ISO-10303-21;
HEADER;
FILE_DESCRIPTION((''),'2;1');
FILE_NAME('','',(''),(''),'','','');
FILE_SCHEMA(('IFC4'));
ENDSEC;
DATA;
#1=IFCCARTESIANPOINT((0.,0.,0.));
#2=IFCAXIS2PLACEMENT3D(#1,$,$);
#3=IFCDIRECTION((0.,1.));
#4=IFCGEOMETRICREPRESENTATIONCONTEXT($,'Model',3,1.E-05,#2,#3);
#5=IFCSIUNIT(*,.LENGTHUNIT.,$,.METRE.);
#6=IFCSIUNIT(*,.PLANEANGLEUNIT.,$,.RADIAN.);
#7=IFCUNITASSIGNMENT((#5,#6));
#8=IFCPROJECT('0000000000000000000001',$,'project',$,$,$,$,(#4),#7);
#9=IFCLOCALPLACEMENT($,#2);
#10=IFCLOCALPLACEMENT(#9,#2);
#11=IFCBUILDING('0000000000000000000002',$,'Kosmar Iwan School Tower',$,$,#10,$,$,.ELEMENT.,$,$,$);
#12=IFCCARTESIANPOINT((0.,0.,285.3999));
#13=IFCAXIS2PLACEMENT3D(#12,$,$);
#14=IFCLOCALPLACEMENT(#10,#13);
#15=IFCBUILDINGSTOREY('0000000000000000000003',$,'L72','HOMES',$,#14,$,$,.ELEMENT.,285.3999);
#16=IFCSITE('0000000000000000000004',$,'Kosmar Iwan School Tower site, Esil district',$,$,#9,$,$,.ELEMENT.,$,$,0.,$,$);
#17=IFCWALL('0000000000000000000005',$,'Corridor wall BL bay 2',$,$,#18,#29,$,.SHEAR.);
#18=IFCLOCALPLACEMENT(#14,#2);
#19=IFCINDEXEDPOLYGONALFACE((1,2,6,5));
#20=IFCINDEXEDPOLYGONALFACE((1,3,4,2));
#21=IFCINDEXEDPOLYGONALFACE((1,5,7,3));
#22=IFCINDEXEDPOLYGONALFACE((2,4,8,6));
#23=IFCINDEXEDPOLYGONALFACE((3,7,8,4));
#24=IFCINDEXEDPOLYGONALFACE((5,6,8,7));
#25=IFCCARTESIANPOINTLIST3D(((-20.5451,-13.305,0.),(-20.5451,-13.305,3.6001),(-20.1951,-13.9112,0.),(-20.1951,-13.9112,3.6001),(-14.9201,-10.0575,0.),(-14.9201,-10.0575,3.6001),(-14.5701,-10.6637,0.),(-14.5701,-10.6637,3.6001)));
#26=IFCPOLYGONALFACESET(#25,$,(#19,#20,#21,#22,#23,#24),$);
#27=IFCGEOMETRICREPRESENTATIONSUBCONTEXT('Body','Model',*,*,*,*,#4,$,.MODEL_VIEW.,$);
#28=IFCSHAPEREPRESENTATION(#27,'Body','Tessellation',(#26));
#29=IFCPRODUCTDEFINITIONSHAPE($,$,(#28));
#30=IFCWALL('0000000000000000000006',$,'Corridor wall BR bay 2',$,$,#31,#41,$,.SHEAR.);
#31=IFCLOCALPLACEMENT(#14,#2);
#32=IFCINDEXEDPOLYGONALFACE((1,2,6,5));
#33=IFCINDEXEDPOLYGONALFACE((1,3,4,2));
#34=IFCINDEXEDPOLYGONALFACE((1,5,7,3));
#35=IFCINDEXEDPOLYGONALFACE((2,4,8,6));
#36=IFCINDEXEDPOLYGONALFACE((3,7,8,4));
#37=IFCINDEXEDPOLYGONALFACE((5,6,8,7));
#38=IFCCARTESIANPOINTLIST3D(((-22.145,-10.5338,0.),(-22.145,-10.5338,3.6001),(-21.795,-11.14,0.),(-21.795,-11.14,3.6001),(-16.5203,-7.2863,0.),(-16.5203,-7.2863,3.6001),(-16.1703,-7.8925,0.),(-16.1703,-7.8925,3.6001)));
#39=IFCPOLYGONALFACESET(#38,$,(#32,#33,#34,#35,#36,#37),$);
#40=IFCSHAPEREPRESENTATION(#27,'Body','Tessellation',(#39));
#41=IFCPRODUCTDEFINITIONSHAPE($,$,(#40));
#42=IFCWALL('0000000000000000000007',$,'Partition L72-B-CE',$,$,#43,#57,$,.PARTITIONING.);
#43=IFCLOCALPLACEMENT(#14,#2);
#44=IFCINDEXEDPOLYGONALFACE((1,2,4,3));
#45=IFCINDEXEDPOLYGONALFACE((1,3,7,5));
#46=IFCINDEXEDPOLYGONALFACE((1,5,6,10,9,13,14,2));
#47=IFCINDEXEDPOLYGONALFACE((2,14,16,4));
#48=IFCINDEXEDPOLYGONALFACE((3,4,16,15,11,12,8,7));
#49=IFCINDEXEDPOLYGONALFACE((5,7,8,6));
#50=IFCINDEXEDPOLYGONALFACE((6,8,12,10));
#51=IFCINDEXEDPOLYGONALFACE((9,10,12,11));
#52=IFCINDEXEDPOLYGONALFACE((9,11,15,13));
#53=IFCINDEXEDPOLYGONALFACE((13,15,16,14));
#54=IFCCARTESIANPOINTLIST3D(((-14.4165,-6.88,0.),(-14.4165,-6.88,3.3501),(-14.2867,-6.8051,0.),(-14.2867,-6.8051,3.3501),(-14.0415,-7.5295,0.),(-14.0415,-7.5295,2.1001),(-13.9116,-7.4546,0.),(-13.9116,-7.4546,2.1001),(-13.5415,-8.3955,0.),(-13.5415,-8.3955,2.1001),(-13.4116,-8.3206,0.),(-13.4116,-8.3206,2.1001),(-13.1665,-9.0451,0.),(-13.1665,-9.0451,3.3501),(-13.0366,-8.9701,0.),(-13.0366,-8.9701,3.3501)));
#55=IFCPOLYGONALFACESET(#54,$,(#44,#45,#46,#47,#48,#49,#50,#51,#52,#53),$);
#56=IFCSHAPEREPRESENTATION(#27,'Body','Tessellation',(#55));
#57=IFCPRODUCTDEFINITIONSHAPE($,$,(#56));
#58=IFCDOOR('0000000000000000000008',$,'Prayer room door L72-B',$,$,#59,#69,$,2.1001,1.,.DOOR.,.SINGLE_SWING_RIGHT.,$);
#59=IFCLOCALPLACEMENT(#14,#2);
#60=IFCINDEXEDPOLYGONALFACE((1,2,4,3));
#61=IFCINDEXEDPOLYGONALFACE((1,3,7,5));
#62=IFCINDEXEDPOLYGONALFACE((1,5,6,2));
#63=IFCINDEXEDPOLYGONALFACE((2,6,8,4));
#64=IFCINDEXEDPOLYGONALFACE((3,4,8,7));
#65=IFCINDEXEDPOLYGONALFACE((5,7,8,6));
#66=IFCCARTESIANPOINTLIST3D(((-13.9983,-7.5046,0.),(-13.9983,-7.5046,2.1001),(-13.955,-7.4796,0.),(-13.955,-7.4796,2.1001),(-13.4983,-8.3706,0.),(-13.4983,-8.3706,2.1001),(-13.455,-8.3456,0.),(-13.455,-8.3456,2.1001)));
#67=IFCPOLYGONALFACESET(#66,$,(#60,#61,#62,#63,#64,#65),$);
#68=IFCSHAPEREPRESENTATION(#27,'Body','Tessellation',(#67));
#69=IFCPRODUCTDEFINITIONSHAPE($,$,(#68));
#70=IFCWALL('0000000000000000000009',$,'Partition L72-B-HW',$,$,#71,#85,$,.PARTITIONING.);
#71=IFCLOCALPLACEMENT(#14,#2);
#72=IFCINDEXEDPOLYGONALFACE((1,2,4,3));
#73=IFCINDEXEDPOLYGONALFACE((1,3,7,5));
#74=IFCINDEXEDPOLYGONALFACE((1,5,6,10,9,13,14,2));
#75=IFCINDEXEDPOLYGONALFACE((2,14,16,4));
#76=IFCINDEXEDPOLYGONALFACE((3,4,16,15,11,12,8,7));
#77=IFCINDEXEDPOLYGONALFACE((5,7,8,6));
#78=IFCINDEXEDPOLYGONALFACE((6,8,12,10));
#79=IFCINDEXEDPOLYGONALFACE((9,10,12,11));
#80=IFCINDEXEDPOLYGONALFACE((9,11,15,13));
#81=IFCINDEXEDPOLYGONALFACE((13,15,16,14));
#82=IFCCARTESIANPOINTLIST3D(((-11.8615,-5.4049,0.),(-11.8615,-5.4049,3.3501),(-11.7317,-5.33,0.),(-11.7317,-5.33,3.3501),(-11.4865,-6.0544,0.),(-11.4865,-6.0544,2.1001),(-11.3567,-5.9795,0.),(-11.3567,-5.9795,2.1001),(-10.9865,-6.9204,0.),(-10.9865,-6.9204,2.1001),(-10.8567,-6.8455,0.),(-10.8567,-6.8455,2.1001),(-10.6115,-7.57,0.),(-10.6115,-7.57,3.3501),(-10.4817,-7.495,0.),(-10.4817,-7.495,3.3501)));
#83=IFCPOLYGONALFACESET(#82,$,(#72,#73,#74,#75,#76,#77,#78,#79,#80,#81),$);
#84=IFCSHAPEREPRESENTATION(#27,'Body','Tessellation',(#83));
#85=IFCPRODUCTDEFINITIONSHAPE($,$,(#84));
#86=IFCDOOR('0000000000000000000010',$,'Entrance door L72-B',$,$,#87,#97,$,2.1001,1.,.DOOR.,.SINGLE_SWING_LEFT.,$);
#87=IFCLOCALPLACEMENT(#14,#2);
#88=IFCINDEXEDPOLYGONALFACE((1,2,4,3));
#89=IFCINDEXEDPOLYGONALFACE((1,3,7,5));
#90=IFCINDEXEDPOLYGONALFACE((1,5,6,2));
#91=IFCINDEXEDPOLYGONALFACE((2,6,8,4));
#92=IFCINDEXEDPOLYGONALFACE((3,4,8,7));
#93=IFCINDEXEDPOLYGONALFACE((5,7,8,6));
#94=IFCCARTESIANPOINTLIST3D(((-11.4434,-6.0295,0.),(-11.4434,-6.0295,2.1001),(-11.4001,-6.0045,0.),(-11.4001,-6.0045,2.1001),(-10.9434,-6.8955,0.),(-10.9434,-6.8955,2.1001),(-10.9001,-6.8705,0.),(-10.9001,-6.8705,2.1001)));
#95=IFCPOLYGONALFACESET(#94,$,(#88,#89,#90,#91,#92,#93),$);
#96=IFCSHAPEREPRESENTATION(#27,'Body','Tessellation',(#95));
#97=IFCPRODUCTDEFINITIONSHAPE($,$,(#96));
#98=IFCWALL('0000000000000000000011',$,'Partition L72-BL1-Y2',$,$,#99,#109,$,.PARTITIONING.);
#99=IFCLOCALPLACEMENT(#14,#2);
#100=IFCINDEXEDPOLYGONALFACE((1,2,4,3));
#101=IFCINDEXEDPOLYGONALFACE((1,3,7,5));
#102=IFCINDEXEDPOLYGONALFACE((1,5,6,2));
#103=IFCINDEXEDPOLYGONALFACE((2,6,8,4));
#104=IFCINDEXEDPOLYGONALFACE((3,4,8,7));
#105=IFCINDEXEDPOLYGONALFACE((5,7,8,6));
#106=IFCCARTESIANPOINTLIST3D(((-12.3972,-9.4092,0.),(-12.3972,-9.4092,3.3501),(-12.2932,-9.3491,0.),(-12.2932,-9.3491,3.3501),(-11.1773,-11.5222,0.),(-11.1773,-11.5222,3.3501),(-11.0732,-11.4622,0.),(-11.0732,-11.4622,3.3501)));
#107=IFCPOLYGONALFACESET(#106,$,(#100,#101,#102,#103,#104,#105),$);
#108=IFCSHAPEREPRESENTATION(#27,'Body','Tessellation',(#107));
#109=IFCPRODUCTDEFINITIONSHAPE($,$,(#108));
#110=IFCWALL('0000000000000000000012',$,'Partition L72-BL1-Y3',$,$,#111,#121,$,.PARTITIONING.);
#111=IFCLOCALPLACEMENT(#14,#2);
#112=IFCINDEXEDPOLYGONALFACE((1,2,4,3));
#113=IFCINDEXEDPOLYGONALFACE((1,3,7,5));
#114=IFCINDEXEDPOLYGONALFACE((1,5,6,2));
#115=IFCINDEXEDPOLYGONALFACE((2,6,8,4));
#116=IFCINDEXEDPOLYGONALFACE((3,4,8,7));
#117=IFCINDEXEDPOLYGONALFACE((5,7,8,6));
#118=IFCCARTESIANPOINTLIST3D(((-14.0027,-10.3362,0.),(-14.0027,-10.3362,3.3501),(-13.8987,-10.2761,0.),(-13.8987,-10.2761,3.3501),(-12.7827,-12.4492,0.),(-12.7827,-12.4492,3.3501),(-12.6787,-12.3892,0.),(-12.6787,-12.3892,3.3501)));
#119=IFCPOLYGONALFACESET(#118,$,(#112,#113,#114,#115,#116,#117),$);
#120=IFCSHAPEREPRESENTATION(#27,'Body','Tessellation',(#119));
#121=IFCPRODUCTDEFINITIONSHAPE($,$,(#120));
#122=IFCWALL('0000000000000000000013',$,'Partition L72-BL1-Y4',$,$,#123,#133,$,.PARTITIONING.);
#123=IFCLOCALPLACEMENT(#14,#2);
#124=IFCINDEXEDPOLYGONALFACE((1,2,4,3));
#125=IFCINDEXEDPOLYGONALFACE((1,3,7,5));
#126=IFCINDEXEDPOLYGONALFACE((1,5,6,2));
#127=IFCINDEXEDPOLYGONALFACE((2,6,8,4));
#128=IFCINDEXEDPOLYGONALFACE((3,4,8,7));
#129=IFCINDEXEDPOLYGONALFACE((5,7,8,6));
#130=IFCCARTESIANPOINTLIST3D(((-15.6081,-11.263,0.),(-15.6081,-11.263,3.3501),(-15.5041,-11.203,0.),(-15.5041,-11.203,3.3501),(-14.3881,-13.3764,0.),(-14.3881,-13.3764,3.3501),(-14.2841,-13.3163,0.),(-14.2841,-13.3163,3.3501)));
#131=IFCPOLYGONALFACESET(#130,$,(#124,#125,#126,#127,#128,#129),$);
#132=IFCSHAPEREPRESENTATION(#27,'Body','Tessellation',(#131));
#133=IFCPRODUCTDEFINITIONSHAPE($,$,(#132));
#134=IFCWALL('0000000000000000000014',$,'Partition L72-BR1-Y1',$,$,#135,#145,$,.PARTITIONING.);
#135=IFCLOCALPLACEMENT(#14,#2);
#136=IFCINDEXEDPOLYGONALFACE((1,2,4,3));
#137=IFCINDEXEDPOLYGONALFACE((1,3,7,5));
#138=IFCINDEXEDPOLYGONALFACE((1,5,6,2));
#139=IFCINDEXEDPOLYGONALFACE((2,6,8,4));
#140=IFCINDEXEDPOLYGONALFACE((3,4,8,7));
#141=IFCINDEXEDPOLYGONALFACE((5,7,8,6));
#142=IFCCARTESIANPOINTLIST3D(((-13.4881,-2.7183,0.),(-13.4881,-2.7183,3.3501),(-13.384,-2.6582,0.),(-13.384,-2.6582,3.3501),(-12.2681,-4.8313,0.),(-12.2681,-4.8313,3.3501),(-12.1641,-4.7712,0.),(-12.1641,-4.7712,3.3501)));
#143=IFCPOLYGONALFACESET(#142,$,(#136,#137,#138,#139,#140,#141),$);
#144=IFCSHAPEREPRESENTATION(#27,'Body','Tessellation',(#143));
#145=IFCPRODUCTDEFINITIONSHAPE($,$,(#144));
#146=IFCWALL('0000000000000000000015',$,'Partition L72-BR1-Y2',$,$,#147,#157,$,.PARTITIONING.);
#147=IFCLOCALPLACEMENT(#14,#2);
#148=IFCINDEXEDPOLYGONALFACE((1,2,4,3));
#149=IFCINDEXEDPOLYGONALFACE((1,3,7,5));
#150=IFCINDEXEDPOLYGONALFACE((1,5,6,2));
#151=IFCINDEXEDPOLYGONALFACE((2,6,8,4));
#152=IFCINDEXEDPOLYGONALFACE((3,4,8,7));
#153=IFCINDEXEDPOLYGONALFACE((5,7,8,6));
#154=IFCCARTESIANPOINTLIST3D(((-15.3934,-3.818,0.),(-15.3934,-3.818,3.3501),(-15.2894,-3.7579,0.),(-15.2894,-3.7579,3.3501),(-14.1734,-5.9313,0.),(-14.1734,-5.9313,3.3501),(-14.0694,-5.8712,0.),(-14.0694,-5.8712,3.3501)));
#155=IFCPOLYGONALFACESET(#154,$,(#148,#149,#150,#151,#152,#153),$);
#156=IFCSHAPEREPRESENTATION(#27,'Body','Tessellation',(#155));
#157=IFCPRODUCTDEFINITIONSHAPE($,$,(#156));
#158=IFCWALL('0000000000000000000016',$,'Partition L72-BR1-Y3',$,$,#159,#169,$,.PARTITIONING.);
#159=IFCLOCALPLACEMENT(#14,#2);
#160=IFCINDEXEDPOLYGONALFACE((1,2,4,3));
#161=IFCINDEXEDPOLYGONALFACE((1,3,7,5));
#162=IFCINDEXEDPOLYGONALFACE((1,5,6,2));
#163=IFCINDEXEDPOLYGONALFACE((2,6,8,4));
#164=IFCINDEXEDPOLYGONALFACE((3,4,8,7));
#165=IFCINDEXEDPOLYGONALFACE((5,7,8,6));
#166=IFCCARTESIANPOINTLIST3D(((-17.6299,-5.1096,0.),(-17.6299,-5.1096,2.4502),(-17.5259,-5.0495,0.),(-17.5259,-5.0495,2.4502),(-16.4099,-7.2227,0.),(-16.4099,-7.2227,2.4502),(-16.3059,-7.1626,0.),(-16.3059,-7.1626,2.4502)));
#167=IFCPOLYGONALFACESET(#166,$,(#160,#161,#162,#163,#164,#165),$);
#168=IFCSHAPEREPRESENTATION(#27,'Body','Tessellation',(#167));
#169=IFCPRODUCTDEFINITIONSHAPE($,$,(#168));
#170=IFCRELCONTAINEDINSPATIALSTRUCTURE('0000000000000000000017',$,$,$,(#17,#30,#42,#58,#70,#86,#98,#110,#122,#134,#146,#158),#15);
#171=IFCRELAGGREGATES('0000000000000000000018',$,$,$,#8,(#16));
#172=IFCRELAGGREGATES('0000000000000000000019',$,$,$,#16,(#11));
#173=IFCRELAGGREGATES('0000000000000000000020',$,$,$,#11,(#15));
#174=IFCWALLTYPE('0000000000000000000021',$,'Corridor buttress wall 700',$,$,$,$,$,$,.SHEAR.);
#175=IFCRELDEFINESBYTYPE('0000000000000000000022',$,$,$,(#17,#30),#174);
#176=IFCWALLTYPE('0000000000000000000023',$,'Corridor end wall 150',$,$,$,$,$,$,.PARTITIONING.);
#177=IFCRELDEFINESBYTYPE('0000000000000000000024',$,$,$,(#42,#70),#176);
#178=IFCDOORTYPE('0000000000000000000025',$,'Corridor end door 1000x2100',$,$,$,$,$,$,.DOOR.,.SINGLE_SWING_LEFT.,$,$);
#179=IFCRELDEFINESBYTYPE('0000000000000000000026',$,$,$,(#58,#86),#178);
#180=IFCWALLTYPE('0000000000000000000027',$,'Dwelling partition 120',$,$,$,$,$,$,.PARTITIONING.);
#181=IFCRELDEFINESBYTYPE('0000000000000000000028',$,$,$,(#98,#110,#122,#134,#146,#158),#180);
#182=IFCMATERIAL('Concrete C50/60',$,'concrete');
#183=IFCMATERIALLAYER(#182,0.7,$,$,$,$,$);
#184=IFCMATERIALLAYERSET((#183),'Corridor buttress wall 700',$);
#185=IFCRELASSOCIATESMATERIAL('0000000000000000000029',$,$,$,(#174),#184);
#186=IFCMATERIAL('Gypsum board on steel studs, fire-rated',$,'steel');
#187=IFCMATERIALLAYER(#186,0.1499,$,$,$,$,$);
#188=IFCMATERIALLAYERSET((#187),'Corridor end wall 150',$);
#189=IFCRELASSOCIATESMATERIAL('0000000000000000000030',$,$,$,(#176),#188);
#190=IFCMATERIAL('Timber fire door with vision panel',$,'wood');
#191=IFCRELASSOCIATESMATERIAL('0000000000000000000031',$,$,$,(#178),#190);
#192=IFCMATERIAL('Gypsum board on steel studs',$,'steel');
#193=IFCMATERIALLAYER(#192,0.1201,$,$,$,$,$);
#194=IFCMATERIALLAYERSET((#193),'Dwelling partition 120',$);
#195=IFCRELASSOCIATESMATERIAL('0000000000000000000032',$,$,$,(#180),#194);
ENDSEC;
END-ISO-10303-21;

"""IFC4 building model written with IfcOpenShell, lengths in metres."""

from ifc_helpers import new_model, si_unit, direction, frame, frame_2d, origin, place, context, subcontext, project, spatial, rectangle, extrude, material, layer, layer_set, type_object, element, fill, save


model = new_model("IFC4")

# Units and contexts
model_context = context("Model", 3, precision=1e-05, world=origin(), true_north=direction((0.0, 1.0)))
body_context = subcontext(model_context, "Body", "Model", "MODEL_VIEW")
ifc_project = project(units=[si_unit("LENGTHUNIT", "METRE"), si_unit("PLANEANGLEUNIT", "RADIAN")], contexts=[model_context])

# Site, building, storey
site_placement = place(None, origin())
site = spatial("IfcSite", under=ifc_project, at=site_placement, Name="Kosmar Iwan School Tower site, Esil district", CompositionType="ELEMENT", RefElevation=0.0)
building_placement = place(site_placement, origin())
building = spatial("IfcBuilding", under=site, at=building_placement, Name="Kosmar Iwan School Tower", CompositionType="ELEMENT")
storey_placement = place(building_placement, frame((0.0, 0.0, 285.3999)))
storey = spatial("IfcBuildingStorey", under=building, at=storey_placement, Name="L72", Description="HOMES", CompositionType="ELEMENT", Elevation=285.3999)

# Walls
ifc_material_1 = material(Name="Concrete C50/60", Category="concrete")
ifc_layer_1 = layer(ifc_material_1, 0.7)
ifc_layer_set_1 = layer_set([ifc_layer_1], Name="Corridor buttress wall 700")
wall_type_1 = type_object("IfcWallType", Name="Corridor buttress wall 700", PredefinedType="SHEAR", material=ifc_layer_set_1)
wall_1_placement = place(storey_placement, frame((-14.7451, -10.3606, 0.0), z_axis=(0.0, 0.0, 1.0), x_axis=(-0.866028, -0.499996, 0.0)))
element("IfcWall", 1, at=wall_1_placement, inside=storey, type_object=wall_type_1, Name="Corridor wall BL bay 2", PredefinedType="SHEAR", context=body_context, shape_type="SweptSolid", body=[
    extrude(rectangle(XDim=6.4951, YDim=0.7, at=frame_2d((3.2476, 0.0))), origin(), (0.0, 0.0, 1.0), 3.6001),
])
wall_2_placement = place(storey_placement, frame((-16.3452, -7.5894, 0.0), z_axis=(0.0, 0.0, 1.0), x_axis=(-0.866018, -0.500012, 0.0)))
element("IfcWall", 2, at=wall_2_placement, inside=storey, type_object=wall_type_1, Name="Corridor wall BR bay 2", PredefinedType="SHEAR", context=body_context, shape_type="SweptSolid", body=[
    extrude(rectangle(XDim=6.4949, YDim=0.7, at=frame_2d((3.2476, 0.0))), origin(), (0.0, 0.0, 1.0), 3.6001),
])

# Walls, openings, doors
ifc_material_2 = material(Name="Gypsum board on steel studs, fire-rated", Category="steel")
ifc_layer_2 = layer(ifc_material_2, 0.1499)
ifc_layer_set_2 = layer_set([ifc_layer_2], Name="Corridor end wall 150")
wall_type_2 = type_object("IfcWallType", Name="Corridor end wall 150", PredefinedType="PARTITIONING", material=ifc_layer_set_2)
wall_3_placement = place(storey_placement, frame((-14.3516, -6.8425, 0.0), z_axis=(0.0, 0.0, 1.0), x_axis=(0.500004, -0.866023, 0.0)))
wall_3 = element("IfcWall", 3, at=wall_3_placement, inside=storey, type_object=wall_type_2, Name="Partition L72-B-CE", PredefinedType="PARTITIONING", context=body_context, shape_type="SweptSolid", body=[
    extrude(rectangle(XDim=2.5, YDim=0.1499, at=frame_2d((1.25, 0.0))), origin(), (0.0, 0.0, 1.0), 3.3501),
])
opening_1_placement = place(wall_3_placement, frame((0.75, 0.0, 0.0)))
opening_1 = element("IfcOpeningElement", 4, at=opening_1_placement, cuts=wall_3, PredefinedType="OPENING", context=body_context, shape_type="SweptSolid", body=[
    extrude(rectangle(XDim=1.0, YDim=2.1001, at=frame_2d((0.5, 1.05))), frame((0.0, 0.0869, 0.0), z_axis=(0.0, -1.0, 0.0), x_axis=(1.0, 0.0, 0.0)), (0.0, 0.0, 1.0), 0.1738),
])
ifc_material_3 = material(Name="Timber fire door with vision panel", Category="wood")
door_type = type_object("IfcDoorType", Name="Corridor end door 1000x2100", OperationType="SINGLE_SWING_LEFT", PredefinedType="DOOR", material=ifc_material_3)
door_1_placement = place(opening_1_placement, origin())
door_1 = element("IfcDoor", 5, at=door_1_placement, inside=storey, type_object=door_type, Name="Prayer room door L72-B", OperationType="SINGLE_SWING_RIGHT", OverallHeight=2.1001, OverallWidth=1.0, PredefinedType="DOOR", context=body_context, shape_type="SweptSolid", body=[
    extrude(rectangle(XDim=1.0, YDim=2.1001, at=frame_2d((0.5, 1.05))), frame((0.0, 0.0249, 0.0), z_axis=(0.0, -1.0, 0.0), x_axis=(1.0, 0.0, 0.0)), (0.0, 0.0, 1.0), 0.05),
])
fill(opening_1, door_1)
wall_4_placement = place(storey_placement, frame((-11.7966, -5.3674, 0.0), z_axis=(0.0, 0.0, 1.0), x_axis=(0.500004, -0.866023, 0.0)))
wall_4 = element("IfcWall", 6, at=wall_4_placement, inside=storey, type_object=wall_type_2, Name="Partition L72-B-HW", PredefinedType="PARTITIONING", context=body_context, shape_type="SweptSolid", body=[
    extrude(rectangle(XDim=2.5, YDim=0.1499, at=frame_2d((1.25, 0.0))), origin(), (0.0, 0.0, 1.0), 3.3501),
])
opening_2_placement = place(wall_4_placement, frame((0.75, 0.0, 0.0)))
opening_2 = element("IfcOpeningElement", 7, at=opening_2_placement, cuts=wall_4, PredefinedType="OPENING", context=body_context, shape_type="SweptSolid", body=[
    extrude(rectangle(XDim=1.0, YDim=2.1001, at=frame_2d((0.5, 1.05))), frame((0.0, 0.0869, 0.0), z_axis=(0.0, -1.0, 0.0), x_axis=(1.0, 0.0, 0.0)), (0.0, 0.0, 1.0), 0.1738),
])
door_2_placement = place(opening_2_placement, origin())
door_2 = element("IfcDoor", 8, at=door_2_placement, inside=storey, type_object=door_type, Name="Entrance door L72-B", OperationType="SINGLE_SWING_LEFT", OverallHeight=2.1001, OverallWidth=1.0, PredefinedType="DOOR", context=body_context, shape_type="SweptSolid", body=[
    extrude(rectangle(XDim=1.0, YDim=2.1001, at=frame_2d((0.5, 1.05))), frame((0.0, 0.0249, 0.0), z_axis=(0.0, -1.0, 0.0), x_axis=(1.0, 0.0, 0.0)), (0.0, 0.0, 1.0), 0.05),
])
fill(opening_2, door_2)

# Walls
ifc_material_4 = material(Name="Gypsum board on steel studs", Category="steel")
ifc_layer_3 = layer(ifc_material_4, 0.1201)
ifc_layer_set_3 = layer_set([ifc_layer_3], Name="Dwelling partition 120")
wall_type_3 = type_object("IfcWallType", Name="Dwelling partition 120", PredefinedType="PARTITIONING", material=ifc_layer_set_3)
for number, where, z_axis, x_axis, name in (
    (9, (-12.3452, -9.3792, 0.0), (0.0, 0.0, 1.0), (0.500003, -0.866024, 0.0), "Partition L72-BL1-Y2"),
    (10, (-13.9507, -10.3062, 0.0), (0.0, 0.0, 1.0), (0.500003, -0.866024, 0.0), "Partition L72-BL1-Y3"),
):
    element("IfcWall", number, at=place(storey_placement, frame(where, z_axis=z_axis, x_axis=x_axis)), inside=storey, type_object=wall_type_3, Name=name, PredefinedType="PARTITIONING", context=body_context, shape_type="SweptSolid", body=[
        extrude(rectangle(XDim=2.4399, YDim=0.1201, at=frame_2d((1.22, 0.0))), origin(), (0.0, 0.0, 1.0), 3.3501),
    ])
wall_5_placement = place(storey_placement, frame((-15.5562, -11.2329, 0.0), z_axis=(0.0, 0.0, 1.0), x_axis=(0.499959, -0.866049, 0.0)))
element("IfcWall", 11, at=wall_5_placement, inside=storey, type_object=wall_type_3, Name="Partition L72-BL1-Y4", PredefinedType="PARTITIONING", context=body_context, shape_type="SweptSolid", body=[
    extrude(rectangle(XDim=2.4402, YDim=0.1201, at=frame_2d((1.2202, 0.0))), origin(), (0.0, 0.0, 1.0), 3.3501),
])
wall_6_placement = place(storey_placement, frame((-12.2161, -4.8013, 0.0), z_axis=(0.0, 0.0, 1.0), x_axis=(-0.500003, 0.866024, 0.0)))
element("IfcWall", 12, at=wall_6_placement, inside=storey, type_object=wall_type_3, Name="Partition L72-BR1-Y1", PredefinedType="PARTITIONING", context=body_context, shape_type="SweptSolid", body=[
    extrude(rectangle(XDim=2.4399, YDim=0.1201, at=frame_2d((1.22, 0.0))), origin(), (0.0, 0.0, 1.0), 3.3501),
])
wall_7_placement = place(storey_placement, frame((-14.1213, -5.9014, 0.0), z_axis=(0.0, 0.0, 1.0), x_axis=(-0.499959, 0.866049, 0.0)))
element("IfcWall", 13, at=wall_7_placement, inside=storey, type_object=wall_type_3, Name="Partition L72-BR1-Y2", PredefinedType="PARTITIONING", context=body_context, shape_type="SweptSolid", body=[
    extrude(rectangle(XDim=2.4402, YDim=0.1201, at=frame_2d((1.2202, 0.0))), origin(), (0.0, 0.0, 1.0), 3.3501),
])
wall_8_placement = place(storey_placement, frame((-16.3579, -7.1926, 0.0), z_axis=(0.0, 0.0, 1.0), x_axis=(-0.500003, 0.866024, 0.0)))
element("IfcWall", 14, at=wall_8_placement, inside=storey, type_object=wall_type_3, Name="Partition L72-BR1-Y3", PredefinedType="PARTITIONING", context=body_context, shape_type="SweptSolid", body=[
    extrude(rectangle(XDim=2.4399, YDim=0.1201, at=frame_2d((1.22, 0.0))), origin(), (0.0, 0.0, 1.0), 2.4502),
])

save(model, "model.ifc")
